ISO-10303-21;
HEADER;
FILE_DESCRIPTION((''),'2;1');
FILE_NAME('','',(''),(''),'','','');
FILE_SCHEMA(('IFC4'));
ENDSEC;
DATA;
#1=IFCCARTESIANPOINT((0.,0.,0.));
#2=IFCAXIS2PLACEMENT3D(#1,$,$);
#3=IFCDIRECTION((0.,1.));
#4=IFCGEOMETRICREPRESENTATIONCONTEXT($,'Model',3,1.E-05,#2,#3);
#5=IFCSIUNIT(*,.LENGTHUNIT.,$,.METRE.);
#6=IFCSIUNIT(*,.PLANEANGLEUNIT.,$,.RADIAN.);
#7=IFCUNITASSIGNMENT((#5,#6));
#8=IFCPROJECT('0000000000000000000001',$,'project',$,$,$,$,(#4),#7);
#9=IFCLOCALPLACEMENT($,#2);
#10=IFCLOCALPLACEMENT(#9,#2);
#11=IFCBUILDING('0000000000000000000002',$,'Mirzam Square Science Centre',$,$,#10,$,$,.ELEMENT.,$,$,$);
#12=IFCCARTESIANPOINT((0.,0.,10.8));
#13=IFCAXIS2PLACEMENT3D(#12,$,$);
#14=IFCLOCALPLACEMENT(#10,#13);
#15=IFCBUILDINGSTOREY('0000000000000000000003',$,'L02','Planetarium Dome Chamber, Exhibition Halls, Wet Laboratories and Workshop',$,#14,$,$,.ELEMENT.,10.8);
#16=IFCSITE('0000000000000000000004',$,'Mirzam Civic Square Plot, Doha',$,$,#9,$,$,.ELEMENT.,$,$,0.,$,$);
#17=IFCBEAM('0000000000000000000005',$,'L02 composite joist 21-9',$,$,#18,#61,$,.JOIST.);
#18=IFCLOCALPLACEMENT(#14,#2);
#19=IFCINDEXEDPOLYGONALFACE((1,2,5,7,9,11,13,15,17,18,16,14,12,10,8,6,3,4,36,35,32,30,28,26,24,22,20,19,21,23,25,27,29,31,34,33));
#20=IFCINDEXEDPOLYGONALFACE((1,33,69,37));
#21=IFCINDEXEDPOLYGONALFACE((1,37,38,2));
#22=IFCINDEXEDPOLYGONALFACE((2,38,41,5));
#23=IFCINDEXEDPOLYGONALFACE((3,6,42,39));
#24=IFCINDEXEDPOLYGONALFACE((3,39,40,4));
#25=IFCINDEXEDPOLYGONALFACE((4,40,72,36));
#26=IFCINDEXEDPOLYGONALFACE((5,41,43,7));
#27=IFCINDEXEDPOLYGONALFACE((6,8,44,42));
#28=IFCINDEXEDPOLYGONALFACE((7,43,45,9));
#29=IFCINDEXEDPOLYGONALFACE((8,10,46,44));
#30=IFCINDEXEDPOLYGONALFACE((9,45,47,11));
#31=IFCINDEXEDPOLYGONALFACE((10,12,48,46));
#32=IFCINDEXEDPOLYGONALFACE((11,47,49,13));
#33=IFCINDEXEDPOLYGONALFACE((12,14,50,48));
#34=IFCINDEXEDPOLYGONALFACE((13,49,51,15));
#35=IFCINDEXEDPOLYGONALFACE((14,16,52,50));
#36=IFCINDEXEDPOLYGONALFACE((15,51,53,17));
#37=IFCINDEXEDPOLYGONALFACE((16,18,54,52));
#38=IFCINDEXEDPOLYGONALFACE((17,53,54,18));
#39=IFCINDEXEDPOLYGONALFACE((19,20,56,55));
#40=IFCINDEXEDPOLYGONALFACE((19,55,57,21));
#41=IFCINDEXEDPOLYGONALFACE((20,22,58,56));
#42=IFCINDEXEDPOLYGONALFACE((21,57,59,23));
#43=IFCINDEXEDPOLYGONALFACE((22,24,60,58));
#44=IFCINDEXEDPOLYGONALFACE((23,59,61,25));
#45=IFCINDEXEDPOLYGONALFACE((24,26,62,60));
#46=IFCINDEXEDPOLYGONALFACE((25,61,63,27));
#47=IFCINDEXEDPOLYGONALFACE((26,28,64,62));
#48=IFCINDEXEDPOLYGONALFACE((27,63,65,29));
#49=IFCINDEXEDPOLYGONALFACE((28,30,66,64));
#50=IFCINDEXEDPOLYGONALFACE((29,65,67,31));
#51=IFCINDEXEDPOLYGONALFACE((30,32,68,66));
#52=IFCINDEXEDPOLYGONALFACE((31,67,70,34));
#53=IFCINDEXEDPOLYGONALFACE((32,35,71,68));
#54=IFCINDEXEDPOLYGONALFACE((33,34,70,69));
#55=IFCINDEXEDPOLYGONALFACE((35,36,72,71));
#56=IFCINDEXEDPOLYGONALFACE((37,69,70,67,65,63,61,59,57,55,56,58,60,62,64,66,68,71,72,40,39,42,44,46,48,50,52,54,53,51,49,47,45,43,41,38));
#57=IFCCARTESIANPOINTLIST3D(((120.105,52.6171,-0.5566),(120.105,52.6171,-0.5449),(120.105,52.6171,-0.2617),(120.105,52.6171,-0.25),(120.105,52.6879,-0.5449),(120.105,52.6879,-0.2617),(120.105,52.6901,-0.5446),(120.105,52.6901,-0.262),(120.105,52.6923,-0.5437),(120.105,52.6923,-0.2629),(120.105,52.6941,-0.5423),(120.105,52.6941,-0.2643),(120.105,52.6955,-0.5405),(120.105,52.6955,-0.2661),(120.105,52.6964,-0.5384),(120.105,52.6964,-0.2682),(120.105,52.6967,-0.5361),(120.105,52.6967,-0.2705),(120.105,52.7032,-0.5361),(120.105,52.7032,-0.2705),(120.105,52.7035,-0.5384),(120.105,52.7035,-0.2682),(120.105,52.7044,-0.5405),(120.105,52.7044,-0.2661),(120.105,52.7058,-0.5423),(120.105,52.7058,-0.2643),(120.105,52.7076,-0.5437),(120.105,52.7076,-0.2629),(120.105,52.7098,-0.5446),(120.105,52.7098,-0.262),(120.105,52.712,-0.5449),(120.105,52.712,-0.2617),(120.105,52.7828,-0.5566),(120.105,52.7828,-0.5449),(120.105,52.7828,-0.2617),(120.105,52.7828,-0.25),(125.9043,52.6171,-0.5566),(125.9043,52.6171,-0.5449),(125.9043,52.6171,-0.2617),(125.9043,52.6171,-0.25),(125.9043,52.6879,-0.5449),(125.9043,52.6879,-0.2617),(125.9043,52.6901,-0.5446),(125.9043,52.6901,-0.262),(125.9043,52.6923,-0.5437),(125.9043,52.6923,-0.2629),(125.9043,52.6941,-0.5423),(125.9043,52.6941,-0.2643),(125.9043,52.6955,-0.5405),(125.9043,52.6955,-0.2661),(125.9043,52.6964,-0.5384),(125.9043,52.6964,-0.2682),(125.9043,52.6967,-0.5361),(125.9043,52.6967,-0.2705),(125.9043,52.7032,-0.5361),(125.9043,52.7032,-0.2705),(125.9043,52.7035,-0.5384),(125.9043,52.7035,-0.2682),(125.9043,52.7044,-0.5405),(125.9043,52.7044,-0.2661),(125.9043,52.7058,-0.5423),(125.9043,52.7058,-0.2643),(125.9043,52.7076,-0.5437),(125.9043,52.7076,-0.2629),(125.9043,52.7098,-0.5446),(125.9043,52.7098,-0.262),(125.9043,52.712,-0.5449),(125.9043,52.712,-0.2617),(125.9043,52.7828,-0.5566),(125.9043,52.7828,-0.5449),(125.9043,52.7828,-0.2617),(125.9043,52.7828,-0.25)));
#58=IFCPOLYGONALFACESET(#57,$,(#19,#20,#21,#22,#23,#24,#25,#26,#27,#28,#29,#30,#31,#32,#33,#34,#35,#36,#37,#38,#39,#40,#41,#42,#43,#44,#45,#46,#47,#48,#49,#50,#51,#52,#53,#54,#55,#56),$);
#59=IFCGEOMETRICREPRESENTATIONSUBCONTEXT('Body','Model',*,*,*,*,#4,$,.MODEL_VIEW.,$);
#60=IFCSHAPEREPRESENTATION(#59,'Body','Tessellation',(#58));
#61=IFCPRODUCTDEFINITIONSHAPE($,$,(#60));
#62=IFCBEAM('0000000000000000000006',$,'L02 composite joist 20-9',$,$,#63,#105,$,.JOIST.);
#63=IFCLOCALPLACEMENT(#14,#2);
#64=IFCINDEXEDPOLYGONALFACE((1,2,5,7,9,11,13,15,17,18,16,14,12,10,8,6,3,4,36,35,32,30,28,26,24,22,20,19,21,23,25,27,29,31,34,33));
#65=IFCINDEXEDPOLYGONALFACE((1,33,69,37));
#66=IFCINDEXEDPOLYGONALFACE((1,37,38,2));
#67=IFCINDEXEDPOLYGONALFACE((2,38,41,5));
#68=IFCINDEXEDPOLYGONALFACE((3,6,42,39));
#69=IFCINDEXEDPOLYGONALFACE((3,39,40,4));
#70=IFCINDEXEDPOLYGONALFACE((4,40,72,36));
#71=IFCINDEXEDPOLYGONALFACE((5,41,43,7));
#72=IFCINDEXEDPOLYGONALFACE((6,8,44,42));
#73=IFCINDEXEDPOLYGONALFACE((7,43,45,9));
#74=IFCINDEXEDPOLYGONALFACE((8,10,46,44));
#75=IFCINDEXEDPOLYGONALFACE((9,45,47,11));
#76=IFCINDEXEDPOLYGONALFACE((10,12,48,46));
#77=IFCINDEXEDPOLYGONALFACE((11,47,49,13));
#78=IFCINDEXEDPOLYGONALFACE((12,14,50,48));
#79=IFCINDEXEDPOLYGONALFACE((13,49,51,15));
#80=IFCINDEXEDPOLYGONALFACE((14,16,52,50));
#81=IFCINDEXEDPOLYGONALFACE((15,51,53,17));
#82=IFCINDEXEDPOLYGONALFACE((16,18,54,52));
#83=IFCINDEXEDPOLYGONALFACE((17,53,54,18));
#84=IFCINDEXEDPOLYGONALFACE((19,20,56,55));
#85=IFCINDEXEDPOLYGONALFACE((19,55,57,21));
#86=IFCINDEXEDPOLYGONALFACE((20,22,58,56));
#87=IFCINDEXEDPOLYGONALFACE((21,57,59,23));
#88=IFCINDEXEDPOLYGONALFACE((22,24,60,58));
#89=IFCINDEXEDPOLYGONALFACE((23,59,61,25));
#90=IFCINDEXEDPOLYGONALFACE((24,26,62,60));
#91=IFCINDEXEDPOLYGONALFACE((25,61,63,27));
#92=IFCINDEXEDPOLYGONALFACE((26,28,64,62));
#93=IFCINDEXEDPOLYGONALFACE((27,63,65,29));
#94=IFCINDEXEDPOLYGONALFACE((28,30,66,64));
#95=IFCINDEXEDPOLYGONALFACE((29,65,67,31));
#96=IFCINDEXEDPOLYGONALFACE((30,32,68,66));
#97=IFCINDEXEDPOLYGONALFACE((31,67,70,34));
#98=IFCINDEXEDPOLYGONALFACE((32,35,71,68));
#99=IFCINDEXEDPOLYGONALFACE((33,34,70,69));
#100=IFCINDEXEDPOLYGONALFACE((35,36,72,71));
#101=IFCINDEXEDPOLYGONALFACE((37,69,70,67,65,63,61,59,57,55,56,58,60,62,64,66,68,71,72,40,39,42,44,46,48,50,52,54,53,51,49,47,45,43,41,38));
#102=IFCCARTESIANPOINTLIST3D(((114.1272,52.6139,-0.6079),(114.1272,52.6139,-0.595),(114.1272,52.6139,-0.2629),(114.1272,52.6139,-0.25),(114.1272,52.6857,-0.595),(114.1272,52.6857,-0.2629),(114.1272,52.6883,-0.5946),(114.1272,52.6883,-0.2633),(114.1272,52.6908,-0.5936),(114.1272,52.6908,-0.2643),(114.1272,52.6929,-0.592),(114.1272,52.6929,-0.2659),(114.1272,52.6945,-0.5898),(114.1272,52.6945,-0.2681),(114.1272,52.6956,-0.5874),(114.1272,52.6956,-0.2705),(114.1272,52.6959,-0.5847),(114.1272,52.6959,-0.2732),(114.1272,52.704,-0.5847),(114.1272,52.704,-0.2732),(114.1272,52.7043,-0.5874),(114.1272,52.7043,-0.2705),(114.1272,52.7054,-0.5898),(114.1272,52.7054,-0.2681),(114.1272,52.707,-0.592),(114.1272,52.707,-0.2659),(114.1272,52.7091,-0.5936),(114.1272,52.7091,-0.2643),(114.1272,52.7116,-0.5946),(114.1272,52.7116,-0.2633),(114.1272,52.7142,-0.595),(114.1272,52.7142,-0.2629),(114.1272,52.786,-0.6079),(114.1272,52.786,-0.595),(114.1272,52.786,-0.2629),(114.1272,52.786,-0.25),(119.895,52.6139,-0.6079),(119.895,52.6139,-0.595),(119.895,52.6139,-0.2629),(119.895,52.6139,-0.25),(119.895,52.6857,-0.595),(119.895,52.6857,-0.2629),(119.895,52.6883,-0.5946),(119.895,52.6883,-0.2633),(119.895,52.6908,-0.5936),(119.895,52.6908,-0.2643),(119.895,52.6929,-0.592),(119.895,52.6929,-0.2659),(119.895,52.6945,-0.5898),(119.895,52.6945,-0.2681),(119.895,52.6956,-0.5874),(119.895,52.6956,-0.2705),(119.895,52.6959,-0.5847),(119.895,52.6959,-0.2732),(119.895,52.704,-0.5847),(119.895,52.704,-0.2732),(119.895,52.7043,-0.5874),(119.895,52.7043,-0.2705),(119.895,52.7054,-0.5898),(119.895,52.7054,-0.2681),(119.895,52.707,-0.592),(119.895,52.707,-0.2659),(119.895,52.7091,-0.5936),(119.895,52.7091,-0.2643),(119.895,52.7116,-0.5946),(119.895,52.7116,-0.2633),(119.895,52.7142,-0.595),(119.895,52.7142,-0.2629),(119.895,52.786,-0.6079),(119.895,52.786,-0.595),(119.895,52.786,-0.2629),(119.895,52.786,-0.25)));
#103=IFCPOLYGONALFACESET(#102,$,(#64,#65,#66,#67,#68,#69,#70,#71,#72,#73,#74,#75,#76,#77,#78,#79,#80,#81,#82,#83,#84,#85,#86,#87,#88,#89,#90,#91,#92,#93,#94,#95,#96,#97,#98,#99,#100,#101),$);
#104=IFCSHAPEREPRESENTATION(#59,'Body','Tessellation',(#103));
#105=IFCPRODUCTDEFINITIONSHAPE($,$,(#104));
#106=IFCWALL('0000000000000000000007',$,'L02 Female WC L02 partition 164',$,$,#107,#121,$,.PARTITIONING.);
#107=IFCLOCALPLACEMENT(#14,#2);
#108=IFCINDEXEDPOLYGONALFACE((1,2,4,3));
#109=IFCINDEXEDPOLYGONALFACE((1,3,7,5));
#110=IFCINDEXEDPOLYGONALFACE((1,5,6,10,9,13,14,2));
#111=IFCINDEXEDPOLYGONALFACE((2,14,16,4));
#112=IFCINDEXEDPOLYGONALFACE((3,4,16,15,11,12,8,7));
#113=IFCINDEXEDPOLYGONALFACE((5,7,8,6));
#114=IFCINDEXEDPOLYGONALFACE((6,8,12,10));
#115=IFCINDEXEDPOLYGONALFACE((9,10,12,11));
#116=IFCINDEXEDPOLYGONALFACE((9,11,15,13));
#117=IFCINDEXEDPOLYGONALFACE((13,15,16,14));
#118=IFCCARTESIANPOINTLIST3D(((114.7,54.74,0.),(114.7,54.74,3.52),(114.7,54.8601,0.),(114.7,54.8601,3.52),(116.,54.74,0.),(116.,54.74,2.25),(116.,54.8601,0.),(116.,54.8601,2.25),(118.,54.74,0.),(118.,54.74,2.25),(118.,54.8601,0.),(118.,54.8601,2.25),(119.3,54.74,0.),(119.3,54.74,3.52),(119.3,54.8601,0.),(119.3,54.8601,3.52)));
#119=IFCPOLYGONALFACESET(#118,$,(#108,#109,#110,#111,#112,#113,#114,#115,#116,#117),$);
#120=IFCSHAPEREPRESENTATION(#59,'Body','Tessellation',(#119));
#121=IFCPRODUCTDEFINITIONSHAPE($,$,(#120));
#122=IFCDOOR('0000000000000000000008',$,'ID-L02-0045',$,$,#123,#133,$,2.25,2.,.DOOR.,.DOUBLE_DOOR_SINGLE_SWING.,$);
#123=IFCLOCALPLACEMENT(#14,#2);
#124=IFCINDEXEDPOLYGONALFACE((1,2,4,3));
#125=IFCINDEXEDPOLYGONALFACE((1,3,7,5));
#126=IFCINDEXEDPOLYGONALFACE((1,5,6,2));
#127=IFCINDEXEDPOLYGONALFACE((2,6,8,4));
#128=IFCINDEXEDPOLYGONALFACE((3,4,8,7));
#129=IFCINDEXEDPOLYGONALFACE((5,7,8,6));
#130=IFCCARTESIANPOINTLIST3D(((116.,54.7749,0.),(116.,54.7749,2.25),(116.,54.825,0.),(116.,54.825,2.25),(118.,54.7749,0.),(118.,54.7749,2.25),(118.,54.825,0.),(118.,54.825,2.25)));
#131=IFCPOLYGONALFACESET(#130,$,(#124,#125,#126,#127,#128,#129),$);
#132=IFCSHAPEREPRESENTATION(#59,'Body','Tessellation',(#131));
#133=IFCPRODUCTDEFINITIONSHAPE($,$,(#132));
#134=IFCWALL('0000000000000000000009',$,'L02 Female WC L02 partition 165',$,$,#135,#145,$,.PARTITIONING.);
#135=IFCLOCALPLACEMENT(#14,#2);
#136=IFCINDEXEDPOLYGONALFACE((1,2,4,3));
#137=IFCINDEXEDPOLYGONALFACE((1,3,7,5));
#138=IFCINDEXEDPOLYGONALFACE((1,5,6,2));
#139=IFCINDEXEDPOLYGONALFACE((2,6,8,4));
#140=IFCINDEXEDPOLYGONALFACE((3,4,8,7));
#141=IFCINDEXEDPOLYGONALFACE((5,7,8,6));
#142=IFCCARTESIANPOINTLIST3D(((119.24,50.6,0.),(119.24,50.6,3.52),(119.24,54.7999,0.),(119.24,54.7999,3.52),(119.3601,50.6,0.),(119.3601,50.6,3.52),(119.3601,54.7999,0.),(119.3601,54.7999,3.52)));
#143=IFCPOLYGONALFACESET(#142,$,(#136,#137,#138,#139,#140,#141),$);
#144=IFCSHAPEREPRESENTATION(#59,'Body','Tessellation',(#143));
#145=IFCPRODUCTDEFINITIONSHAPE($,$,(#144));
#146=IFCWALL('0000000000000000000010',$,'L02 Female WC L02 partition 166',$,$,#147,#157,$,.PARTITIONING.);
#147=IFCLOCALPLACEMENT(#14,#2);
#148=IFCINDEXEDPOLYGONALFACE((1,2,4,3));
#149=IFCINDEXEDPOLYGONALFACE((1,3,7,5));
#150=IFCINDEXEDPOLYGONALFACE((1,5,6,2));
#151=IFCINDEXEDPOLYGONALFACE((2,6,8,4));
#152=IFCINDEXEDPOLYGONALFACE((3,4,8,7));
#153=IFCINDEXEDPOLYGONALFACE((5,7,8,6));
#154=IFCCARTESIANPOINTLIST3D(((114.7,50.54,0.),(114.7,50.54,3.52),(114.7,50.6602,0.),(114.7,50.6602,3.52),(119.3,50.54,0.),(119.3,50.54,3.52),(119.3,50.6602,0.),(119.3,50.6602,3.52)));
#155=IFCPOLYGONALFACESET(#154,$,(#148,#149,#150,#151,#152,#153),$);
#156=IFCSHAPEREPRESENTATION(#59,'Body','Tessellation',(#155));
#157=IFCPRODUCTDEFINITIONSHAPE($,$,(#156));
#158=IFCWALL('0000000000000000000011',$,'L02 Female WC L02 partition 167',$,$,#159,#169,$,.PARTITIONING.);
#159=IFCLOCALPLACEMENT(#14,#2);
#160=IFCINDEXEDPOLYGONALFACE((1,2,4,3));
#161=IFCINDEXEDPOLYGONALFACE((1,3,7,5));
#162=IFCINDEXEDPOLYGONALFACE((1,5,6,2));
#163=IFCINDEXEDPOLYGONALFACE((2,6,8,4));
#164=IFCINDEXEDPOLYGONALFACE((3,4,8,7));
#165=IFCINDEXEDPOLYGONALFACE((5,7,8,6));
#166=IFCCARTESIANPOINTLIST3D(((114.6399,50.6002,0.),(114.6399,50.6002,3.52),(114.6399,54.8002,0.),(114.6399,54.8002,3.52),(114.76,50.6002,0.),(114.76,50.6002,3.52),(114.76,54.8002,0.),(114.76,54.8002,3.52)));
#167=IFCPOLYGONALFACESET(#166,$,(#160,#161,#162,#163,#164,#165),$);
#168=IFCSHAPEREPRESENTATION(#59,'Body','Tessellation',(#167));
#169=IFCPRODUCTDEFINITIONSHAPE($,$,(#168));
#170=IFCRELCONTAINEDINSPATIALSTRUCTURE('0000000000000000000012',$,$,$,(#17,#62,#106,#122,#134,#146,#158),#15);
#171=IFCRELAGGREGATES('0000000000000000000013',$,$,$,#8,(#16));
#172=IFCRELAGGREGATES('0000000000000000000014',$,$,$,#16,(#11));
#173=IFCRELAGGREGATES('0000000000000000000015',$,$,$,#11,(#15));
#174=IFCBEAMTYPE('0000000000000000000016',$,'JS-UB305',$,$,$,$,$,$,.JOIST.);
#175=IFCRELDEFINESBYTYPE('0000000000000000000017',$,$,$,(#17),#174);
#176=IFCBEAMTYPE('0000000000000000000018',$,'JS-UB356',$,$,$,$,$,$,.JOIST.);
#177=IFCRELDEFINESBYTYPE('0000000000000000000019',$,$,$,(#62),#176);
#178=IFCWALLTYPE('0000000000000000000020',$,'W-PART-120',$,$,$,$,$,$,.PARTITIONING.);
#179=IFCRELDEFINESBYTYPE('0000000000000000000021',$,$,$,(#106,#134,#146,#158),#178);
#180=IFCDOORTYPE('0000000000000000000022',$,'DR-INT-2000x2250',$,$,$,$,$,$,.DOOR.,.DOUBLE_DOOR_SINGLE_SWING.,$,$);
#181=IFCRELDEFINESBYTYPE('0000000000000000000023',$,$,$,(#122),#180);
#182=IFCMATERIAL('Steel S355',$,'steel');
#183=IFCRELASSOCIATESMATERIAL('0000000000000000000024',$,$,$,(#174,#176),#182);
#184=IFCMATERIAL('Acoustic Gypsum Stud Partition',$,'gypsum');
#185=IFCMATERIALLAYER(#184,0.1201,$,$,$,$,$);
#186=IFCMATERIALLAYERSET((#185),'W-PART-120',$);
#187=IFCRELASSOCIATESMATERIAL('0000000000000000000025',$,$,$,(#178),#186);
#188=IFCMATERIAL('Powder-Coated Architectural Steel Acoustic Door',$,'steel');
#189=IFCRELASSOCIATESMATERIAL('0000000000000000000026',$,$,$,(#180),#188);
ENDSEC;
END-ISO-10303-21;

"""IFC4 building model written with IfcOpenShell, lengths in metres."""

from ifc_helpers import new_model, si_unit, direction, frame, frame_2d, origin, origin_2d, place, context, subcontext, project, spatial, rectangle, i_section, extrude, material, layer, layer_set, material_profile, profile_set, type_object, element, fill, save


model = new_model("IFC4")

# Units and contexts
model_context = context("Model", 3, precision=1e-05, world=origin(), true_north=direction((0.0, 1.0)))
body_context = subcontext(model_context, "Body", "Model", "MODEL_VIEW")
ifc_project = project(units=[si_unit("LENGTHUNIT", "METRE"), si_unit("PLANEANGLEUNIT", "RADIAN")], contexts=[model_context])

# Site, building, storey
site_placement = place(None, origin())
site = spatial("IfcSite", under=ifc_project, at=site_placement, Name="Mirzam Civic Square Plot, Doha", CompositionType="ELEMENT", RefElevation=0.0)
building_placement = place(site_placement, origin())
building = spatial("IfcBuilding", under=site, at=building_placement, Name="Mirzam Square Science Centre", CompositionType="ELEMENT")
storey_placement = place(building_placement, frame((0.0, 0.0, 10.8)))
storey = spatial("IfcBuildingStorey", under=building, at=storey_placement, Name="L02", Description="Planetarium Dome Chamber, Exhibition Halls, Wet Laboratories and Workshop", CompositionType="ELEMENT", Elevation=10.8)

# Shared definitions
ifc_material_1 = material(Name="Steel S355", Category="steel")

# Beams
ifc_material_profile_1 = material_profile(ifc_material_1, i_section(OverallWidth=0.1658, OverallDepth=0.3066, WebThickness=0.0066, FlangeThickness=0.0117, FilletRadius=0.0088, at=origin_2d()), Name="305x165x46UB")
ifc_profile_set_1 = profile_set([ifc_material_profile_1], Name="Steel S355")
beam_type_1 = type_object("IfcBeamType", Name="JS-UB305", PredefinedType="JOIST", material=ifc_profile_set_1)
beam_1_placement = place(storey_placement, frame((120.105, 52.7, -0.4033), z_axis=(1.0, 0.0, 0.0), x_axis=(0.0, 1.0, 0.0)))
element("IfcBeam", 1, at=beam_1_placement, inside=storey, type_object=beam_type_1, Name="L02 composite joist 21-9", PredefinedType="JOIST", context=body_context, shape_type="SweptSolid", body=[
    extrude(i_section(OverallWidth=0.1658, OverallDepth=0.3066, WebThickness=0.0066, FlangeThickness=0.0117, FilletRadius=0.0088, at=origin_2d()), origin(), (0.0, 0.0, 1.0), 5.7993),
])
ifc_material_profile_2 = material_profile(ifc_material_1, i_section(OverallWidth=0.1721, OverallDepth=0.3579, WebThickness=0.0081, FlangeThickness=0.0129, FilletRadius=0.0103, at=origin_2d()), Name="356x171x57UB")
ifc_profile_set_2 = profile_set([ifc_material_profile_2], Name="Steel S355")
beam_type_2 = type_object("IfcBeamType", Name="JS-UB356", PredefinedType="JOIST", material=ifc_profile_set_2)
beam_2_placement = place(storey_placement, frame((114.1272, 52.7, -0.429), z_axis=(1.0, 0.0, 0.0), x_axis=(0.0, 1.0, 0.0)))
element("IfcBeam", 2, at=beam_2_placement, inside=storey, type_object=beam_type_2, Name="L02 composite joist 20-9", PredefinedType="JOIST", context=body_context, shape_type="SweptSolid", body=[
    extrude(i_section(OverallWidth=0.1721, OverallDepth=0.3579, WebThickness=0.0081, FlangeThickness=0.0129, FilletRadius=0.0103, at=origin_2d()), origin(), (0.0, 0.0, 1.0), 5.7678),
])

# Wall, opening, door
ifc_material_2 = material(Name="Acoustic Gypsum Stud Partition", Category="gypsum")
ifc_layer_1 = layer(ifc_material_2, 0.1201)
ifc_layer_set_1 = layer_set([ifc_layer_1], Name="W-PART-120")
wall_type_1 = type_object("IfcWallType", Name="W-PART-120", PredefinedType="PARTITIONING", material=ifc_layer_set_1)
wall_1_placement = place(storey_placement, frame((114.7, 54.8, 0.0), z_axis=(0.0, 0.0, 1.0), x_axis=(1.0, 0.0, 0.0)))
wall_1 = element("IfcWall", 3, at=wall_1_placement, inside=storey, type_object=wall_type_1, Name="L02 Female WC L02 partition 164", PredefinedType="PARTITIONING", context=body_context, shape_type="SweptSolid", body=[
    extrude(rectangle(XDim=4.6001, YDim=0.1201, at=frame_2d((2.3, 0.0))), origin(), (0.0, 0.0, 1.0), 3.52),
])
opening_1_placement = place(wall_1_placement, frame((1.3, 0.0, 0.0)))
opening_1 = element("IfcOpeningElement", 4, at=opening_1_placement, cuts=wall_1, PredefinedType="OPENING", context=body_context, shape_type="SweptSolid", body=[
    extrude(rectangle(XDim=2.0, YDim=2.25, at=frame_2d((1.0, 1.125))), frame((0.0, 0.0701, 0.0), z_axis=(0.0, -1.0, 0.0), x_axis=(1.0, 0.0, 0.0)), (0.0, 0.0, 1.0), 0.1401),
])
ifc_material_3 = material(Name="Powder-Coated Architectural Steel Acoustic Door", Category="steel")
door_type_1 = type_object("IfcDoorType", Name="DR-INT-2000x2250", OperationType="DOUBLE_DOOR_SINGLE_SWING", PredefinedType="DOOR", material=ifc_material_3)
door_1_placement = place(opening_1_placement, origin())
door_1 = element("IfcDoor", 5, at=door_1_placement, inside=storey, type_object=door_type_1, Name="ID-L02-0045", OperationType="DOUBLE_DOOR_SINGLE_SWING", OverallHeight=2.25, OverallWidth=2.0, PredefinedType="DOOR", context=body_context, shape_type="SweptSolid", body=[
    extrude(rectangle(XDim=2.0, YDim=2.25, at=frame_2d((1.0, 1.125))), frame((0.0, 0.0249, 0.0), z_axis=(0.0, -1.0, 0.0), x_axis=(1.0, 0.0, 0.0)), (0.0, 0.0, 1.0), 0.05),
])
fill(opening_1, door_1)

# Walls
wall_2_placement = place(storey_placement, frame((119.3, 54.8, 0.0), z_axis=(0.0, 0.0, 1.0), x_axis=(0.0, -1.0, 0.0)))
element("IfcWall", 6, at=wall_2_placement, inside=storey, type_object=wall_type_1, Name="L02 Female WC L02 partition 165", PredefinedType="PARTITIONING", context=body_context, shape_type="SweptSolid", body=[
    extrude(rectangle(XDim=4.2, YDim=0.1201, at=frame_2d((2.1001, 0.0))), origin(), (0.0, 0.0, 1.0), 3.52),
])
wall_3_placement = place(storey_placement, frame((119.3, 50.6001, 0.0), z_axis=(0.0, 0.0, 1.0), x_axis=(-1.0, 0.0, 0.0)))
element("IfcWall", 7, at=wall_3_placement, inside=storey, type_object=wall_type_1, Name="L02 Female WC L02 partition 166", PredefinedType="PARTITIONING", context=body_context, shape_type="SweptSolid", body=[
    extrude(rectangle(XDim=4.6001, YDim=0.1201, at=frame_2d((2.3, 0.0))), origin(), (0.0, 0.0, 1.0), 3.52),
])
wall_4_placement = place(storey_placement, frame((114.7, 50.6001, 0.0), z_axis=(0.0, 0.0, 1.0), x_axis=(0.0, 1.0, 0.0)))
element("IfcWall", 8, at=wall_4_placement, inside=storey, type_object=wall_type_1, Name="L02 Female WC L02 partition 167", PredefinedType="PARTITIONING", context=body_context, shape_type="SweptSolid", body=[
    extrude(rectangle(XDim=4.2, YDim=0.1201, at=frame_2d((2.1001, 0.0))), origin(), (0.0, 0.0, 1.0), 3.52),
])

save(model, "model.ifc")
